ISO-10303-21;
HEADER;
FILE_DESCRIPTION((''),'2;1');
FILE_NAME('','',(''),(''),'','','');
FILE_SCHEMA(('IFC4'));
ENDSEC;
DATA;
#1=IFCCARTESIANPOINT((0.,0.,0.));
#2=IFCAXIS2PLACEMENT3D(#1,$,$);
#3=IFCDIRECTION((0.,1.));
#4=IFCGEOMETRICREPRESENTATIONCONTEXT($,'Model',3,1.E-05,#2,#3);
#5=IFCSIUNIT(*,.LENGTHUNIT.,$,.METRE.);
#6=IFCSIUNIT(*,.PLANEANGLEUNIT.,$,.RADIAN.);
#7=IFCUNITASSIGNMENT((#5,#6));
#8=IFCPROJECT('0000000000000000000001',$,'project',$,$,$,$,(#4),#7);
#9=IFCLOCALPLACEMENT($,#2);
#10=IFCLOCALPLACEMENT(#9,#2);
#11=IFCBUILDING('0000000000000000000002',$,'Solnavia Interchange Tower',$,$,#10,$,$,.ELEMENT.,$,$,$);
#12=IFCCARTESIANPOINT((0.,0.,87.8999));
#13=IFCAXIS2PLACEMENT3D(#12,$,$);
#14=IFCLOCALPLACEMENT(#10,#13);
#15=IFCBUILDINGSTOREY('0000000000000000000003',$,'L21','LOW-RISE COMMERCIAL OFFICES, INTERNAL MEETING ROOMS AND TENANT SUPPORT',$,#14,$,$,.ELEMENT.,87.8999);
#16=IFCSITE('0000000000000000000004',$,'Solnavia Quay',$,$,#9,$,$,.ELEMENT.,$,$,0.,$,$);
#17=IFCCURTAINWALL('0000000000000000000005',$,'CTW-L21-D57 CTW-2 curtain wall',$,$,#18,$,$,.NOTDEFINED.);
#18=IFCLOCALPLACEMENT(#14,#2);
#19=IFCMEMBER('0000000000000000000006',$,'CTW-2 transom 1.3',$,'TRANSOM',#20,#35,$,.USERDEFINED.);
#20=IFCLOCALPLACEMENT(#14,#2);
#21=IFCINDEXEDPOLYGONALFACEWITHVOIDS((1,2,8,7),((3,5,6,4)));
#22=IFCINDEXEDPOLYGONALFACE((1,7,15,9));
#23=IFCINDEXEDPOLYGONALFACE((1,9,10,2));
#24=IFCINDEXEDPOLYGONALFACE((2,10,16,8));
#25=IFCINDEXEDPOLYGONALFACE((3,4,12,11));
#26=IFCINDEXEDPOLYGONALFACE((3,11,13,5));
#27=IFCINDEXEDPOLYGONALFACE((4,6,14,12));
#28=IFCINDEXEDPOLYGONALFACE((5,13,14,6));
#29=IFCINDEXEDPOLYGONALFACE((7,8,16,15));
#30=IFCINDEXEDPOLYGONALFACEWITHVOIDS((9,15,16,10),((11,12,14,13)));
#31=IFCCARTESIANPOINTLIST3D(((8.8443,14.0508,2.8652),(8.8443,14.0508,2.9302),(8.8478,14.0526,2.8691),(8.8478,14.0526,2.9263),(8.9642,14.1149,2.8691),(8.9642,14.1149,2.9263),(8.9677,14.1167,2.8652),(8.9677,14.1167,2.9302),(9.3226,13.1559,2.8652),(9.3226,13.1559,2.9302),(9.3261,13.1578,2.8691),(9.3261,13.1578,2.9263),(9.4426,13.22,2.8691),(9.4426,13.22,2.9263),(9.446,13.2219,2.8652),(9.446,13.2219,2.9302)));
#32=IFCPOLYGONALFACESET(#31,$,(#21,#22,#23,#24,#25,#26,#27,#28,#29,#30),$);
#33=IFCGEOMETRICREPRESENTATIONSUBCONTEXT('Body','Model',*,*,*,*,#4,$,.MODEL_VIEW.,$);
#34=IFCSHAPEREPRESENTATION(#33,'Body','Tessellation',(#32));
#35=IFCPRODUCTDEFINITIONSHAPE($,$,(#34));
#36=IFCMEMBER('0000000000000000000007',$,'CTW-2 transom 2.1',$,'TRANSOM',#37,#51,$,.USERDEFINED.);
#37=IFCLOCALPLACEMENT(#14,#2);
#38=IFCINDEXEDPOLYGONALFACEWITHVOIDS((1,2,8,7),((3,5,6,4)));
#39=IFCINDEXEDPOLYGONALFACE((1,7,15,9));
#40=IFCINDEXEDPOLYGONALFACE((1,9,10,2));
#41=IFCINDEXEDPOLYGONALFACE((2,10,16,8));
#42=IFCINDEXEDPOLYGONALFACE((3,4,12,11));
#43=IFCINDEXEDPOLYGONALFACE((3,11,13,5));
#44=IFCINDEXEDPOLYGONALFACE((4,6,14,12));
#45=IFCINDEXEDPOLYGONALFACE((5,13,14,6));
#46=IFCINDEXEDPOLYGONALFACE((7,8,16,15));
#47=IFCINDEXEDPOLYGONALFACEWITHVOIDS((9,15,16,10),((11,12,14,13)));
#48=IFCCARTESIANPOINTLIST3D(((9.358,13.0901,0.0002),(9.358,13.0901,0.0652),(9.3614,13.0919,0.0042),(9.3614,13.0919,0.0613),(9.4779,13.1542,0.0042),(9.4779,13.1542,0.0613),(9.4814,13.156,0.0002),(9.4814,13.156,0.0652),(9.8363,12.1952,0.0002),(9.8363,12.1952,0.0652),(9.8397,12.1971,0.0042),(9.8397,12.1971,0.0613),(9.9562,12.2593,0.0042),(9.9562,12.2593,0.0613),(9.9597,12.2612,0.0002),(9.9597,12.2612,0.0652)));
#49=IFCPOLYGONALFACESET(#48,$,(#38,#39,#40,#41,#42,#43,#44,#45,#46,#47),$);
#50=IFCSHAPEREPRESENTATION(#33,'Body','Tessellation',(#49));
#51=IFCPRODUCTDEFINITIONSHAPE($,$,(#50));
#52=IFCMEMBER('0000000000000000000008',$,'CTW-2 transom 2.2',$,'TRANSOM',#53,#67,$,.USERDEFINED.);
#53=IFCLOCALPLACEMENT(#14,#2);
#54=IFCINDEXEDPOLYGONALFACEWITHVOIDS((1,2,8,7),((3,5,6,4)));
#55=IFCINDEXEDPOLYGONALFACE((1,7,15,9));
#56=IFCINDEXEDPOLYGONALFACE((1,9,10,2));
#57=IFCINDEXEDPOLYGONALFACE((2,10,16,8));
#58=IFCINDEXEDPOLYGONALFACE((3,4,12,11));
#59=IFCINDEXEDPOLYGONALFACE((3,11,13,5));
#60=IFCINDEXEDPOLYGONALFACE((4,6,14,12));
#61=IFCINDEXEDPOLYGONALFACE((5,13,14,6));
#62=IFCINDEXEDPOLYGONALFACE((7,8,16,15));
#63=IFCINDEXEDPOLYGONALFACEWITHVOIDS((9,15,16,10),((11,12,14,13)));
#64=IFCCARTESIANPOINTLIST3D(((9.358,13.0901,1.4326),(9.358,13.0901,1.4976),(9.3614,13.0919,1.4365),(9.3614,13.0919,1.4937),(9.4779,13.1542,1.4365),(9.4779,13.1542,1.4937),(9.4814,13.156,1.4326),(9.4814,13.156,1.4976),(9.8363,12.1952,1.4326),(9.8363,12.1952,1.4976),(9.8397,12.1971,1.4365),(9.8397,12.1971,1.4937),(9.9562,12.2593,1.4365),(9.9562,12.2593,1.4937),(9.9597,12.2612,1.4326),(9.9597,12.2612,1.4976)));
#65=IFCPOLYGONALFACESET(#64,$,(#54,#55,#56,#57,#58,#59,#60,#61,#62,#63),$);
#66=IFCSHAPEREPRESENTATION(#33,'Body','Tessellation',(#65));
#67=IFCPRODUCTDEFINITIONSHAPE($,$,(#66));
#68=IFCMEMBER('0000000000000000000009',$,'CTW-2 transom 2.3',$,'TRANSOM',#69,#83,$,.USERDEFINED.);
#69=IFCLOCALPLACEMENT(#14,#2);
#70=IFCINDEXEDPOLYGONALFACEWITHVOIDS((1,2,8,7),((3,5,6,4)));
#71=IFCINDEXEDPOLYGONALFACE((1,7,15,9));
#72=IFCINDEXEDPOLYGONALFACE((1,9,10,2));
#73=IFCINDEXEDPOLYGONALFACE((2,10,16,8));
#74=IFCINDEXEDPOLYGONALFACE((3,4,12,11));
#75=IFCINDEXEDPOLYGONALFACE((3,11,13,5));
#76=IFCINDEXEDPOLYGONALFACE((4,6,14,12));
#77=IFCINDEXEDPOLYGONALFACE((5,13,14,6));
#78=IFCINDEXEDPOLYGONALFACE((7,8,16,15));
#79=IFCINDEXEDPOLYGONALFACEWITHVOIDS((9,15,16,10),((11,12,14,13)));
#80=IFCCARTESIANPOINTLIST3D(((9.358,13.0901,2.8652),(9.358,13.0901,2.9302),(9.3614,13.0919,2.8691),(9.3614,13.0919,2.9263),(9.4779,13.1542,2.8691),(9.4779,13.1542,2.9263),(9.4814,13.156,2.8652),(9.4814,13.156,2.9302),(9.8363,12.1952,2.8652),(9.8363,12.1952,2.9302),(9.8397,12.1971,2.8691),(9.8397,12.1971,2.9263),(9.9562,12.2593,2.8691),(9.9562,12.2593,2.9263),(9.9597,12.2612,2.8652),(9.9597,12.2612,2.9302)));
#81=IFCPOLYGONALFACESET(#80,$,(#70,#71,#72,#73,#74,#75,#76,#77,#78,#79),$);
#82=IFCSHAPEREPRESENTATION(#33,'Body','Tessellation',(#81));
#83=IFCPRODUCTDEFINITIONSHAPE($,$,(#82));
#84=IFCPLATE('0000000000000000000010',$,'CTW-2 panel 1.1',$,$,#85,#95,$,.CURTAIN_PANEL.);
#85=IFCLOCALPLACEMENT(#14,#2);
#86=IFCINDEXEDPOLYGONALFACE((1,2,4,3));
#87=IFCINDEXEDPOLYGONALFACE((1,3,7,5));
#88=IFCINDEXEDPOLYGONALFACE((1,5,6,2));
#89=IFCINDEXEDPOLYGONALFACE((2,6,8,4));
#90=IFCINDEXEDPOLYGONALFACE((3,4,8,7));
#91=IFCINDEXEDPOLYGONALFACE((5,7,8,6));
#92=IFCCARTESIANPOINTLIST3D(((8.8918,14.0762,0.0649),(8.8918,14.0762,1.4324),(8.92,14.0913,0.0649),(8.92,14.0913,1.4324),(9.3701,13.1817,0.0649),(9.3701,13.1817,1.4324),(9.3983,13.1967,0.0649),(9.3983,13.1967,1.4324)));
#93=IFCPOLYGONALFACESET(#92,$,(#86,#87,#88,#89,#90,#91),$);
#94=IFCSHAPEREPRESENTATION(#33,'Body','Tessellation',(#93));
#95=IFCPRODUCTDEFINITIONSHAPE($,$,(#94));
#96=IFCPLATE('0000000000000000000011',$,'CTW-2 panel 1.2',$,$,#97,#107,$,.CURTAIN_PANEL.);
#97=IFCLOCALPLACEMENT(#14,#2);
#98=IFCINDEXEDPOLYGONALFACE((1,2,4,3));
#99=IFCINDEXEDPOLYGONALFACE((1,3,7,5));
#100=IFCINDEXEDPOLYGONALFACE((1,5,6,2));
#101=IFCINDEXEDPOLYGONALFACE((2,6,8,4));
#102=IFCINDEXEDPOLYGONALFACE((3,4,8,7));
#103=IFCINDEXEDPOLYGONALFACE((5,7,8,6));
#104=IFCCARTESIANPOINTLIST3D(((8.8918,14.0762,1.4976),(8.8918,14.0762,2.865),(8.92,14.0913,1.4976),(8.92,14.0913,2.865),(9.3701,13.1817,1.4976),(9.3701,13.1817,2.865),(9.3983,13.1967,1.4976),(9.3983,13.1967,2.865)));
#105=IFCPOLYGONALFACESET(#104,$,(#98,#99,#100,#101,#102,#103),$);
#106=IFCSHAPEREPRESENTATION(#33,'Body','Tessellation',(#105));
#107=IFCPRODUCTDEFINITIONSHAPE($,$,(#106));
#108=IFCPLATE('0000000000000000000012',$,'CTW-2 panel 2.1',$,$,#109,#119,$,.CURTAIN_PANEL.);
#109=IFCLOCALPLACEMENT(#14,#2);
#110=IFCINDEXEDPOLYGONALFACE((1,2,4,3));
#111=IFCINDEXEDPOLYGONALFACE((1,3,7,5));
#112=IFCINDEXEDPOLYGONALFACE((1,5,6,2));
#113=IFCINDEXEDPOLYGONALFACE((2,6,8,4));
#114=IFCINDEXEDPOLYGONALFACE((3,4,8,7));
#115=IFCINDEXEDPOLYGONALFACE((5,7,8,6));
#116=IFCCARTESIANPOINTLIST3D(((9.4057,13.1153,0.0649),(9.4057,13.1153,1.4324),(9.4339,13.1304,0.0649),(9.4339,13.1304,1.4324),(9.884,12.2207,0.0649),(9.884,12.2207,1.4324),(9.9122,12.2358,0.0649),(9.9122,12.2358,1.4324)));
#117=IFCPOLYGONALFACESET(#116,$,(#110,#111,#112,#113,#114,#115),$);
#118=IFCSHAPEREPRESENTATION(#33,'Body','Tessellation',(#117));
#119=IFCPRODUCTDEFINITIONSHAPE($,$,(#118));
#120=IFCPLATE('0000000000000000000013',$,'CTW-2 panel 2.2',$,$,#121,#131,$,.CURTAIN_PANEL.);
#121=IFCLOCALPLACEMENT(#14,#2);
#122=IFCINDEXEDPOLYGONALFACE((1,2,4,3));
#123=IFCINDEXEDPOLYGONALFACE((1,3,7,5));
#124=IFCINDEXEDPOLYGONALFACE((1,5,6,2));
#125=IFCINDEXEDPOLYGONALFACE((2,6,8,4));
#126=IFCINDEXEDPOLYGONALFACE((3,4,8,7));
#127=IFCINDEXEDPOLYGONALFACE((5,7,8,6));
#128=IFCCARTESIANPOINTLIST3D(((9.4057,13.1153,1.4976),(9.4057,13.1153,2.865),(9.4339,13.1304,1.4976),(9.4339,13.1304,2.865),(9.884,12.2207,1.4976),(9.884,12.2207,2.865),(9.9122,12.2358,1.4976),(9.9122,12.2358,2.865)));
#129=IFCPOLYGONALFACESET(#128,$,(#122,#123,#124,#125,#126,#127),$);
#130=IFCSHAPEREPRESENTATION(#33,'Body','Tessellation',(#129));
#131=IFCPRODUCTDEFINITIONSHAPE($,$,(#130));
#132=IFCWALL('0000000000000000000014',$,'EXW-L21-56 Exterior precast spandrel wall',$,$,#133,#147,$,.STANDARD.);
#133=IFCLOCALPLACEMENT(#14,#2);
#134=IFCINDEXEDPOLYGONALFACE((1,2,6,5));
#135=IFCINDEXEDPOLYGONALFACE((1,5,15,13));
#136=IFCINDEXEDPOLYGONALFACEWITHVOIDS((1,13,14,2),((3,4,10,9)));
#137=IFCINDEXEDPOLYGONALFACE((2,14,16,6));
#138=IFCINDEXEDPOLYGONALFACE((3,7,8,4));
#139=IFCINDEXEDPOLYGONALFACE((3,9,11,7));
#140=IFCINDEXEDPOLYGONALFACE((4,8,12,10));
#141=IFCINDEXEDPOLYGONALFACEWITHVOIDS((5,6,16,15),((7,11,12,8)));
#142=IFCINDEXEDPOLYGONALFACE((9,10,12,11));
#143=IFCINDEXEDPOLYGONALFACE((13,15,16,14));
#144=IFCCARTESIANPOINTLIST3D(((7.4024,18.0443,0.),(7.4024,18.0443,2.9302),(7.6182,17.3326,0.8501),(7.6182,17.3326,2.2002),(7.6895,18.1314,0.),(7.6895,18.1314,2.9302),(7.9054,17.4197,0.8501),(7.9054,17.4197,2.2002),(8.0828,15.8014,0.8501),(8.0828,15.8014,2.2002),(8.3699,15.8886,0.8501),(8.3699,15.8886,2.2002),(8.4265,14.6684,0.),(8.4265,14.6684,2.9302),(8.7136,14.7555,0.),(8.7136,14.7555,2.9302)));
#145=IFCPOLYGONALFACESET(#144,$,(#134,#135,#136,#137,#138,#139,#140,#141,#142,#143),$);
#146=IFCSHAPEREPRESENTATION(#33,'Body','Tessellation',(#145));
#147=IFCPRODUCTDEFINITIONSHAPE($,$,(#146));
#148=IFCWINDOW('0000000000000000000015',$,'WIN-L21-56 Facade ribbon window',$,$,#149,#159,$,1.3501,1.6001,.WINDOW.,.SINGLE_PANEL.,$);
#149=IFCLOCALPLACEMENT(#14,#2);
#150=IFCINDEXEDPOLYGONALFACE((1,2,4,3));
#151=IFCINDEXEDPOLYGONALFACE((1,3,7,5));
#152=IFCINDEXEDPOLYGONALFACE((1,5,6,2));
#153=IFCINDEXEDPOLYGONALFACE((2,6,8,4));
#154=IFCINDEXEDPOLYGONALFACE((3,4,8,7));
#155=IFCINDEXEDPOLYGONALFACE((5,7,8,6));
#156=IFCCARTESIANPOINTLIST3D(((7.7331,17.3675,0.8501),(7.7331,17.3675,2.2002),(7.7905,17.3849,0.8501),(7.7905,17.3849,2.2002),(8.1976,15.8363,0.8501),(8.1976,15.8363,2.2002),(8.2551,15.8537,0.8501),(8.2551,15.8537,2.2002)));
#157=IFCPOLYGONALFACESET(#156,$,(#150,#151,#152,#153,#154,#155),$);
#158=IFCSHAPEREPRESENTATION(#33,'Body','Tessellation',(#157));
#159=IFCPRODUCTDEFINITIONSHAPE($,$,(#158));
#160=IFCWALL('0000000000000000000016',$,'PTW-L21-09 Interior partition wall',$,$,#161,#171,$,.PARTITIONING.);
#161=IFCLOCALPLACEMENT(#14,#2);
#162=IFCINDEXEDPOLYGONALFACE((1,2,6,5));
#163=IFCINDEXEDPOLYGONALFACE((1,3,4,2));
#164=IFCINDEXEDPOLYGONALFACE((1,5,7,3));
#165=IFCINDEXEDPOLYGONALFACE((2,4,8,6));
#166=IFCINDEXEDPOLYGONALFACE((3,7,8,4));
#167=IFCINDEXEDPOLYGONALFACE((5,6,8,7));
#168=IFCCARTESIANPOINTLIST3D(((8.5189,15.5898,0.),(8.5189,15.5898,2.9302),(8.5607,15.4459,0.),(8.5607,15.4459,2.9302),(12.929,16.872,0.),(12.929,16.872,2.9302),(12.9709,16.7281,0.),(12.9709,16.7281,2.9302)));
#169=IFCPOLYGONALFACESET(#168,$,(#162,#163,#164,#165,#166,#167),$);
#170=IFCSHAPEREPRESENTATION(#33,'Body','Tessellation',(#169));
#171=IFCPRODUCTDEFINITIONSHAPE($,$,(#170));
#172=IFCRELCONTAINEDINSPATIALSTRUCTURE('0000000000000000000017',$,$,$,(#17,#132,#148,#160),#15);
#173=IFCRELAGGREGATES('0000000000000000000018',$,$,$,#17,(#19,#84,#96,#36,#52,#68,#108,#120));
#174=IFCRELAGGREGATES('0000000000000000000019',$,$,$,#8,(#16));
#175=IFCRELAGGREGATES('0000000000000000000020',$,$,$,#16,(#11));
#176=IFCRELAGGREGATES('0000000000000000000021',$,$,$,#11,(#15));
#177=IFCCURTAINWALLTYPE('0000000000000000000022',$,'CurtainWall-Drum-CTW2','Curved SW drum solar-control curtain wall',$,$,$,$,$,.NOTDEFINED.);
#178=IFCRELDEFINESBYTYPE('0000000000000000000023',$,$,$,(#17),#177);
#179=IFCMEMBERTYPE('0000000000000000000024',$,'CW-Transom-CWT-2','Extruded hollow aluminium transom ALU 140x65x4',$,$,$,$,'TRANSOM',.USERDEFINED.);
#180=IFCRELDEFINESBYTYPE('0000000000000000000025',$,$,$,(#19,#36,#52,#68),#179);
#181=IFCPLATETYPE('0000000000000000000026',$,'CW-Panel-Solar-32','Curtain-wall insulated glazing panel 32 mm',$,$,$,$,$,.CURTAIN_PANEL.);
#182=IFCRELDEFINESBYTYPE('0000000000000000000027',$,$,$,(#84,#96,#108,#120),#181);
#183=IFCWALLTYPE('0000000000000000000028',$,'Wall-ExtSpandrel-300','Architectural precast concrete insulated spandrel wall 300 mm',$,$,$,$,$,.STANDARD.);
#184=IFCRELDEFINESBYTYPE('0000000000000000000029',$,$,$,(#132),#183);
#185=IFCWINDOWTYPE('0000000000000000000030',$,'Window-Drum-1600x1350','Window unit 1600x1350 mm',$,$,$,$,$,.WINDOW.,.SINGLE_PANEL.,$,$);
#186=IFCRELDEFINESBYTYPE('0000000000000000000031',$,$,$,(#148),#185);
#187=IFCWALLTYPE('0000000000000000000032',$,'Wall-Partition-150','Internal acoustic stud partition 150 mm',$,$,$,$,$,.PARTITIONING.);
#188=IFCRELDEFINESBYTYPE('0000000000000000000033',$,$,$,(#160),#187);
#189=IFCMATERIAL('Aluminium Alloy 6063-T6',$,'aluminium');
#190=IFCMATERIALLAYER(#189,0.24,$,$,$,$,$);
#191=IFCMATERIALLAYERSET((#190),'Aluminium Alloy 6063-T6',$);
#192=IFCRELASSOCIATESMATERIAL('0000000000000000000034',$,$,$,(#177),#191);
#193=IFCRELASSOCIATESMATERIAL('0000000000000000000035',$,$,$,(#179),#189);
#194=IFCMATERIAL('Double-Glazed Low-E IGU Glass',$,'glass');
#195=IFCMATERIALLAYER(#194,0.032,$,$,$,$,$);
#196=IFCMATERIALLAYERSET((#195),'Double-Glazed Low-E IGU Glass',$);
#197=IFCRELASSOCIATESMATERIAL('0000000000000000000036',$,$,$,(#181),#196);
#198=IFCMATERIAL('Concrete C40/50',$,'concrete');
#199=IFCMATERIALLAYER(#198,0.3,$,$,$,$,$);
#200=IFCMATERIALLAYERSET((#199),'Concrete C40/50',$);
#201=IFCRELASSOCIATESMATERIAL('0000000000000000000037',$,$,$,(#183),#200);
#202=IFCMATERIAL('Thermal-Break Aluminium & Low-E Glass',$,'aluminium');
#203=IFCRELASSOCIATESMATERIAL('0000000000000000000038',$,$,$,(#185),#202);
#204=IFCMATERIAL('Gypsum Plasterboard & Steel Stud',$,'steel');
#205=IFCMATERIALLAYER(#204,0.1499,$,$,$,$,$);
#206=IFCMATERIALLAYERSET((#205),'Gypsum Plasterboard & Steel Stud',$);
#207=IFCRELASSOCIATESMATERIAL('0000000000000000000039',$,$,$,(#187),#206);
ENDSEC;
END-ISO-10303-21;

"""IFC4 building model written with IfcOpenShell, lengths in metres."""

from ifc_helpers import new_model, si_unit, direction, frame, frame_2d, origin, origin_2d, place, context, subcontext, project, spatial, rectangle, hollow_rectangle, extrude, material, layer, layer_set, material_profile, profile_set, type_object, element, fill, aggregate, save


model = new_model("IFC4")

# Units and contexts
model_context = context("Model", 3, precision=1e-05, world=origin(), true_north=direction((0.0, 1.0)))
body_context = subcontext(model_context, "Body", "Model", "MODEL_VIEW")
ifc_project = project(units=[si_unit("LENGTHUNIT", "METRE"), si_unit("PLANEANGLEUNIT", "RADIAN")], contexts=[model_context])

# Site, building, storey
site_placement = place(None, origin())
site = spatial("IfcSite", under=ifc_project, at=site_placement, Name="Solnavia Quay", CompositionType="ELEMENT", RefElevation=0.0)
building_placement = place(site_placement, origin())
building = spatial("IfcBuilding", under=site, at=building_placement, Name="Solnavia Interchange Tower", CompositionType="ELEMENT")
storey_placement = place(building_placement, frame((0.0, 0.0, 87.8999)))
storey = spatial("IfcBuildingStorey", under=building, at=storey_placement, Name="L21", Description="LOW-RISE COMMERCIAL OFFICES, INTERNAL MEETING ROOMS AND TENANT SUPPORT", CompositionType="ELEMENT", Elevation=87.8999)

# Shared definitions
ifc_material_1 = material(Name="Aluminium Alloy 6063-T6", Category="aluminium")
ifc_layer_1 = layer(ifc_material_1, 0.24)
ifc_layer_set_1 = layer_set([ifc_layer_1], Name="Aluminium Alloy 6063-T6")
curtain_wall_type = type_object("IfcCurtainWallType", Name="CurtainWall-Drum-CTW2", Description="Curved SW drum solar-control curtain wall", PredefinedType="NOTDEFINED", material=ifc_layer_set_1)

# Curtain wall, members, plates
curtain_wall_1_placement = place(storey_placement, origin())
curtain_wall_1 = element("IfcCurtainWall", 1, at=curtain_wall_1_placement, inside=storey, type_object=curtain_wall_type, Name="CTW-L21-D57 CTW-2 curtain wall", PredefinedType="NOTDEFINED")
ifc_material_profile_1 = material_profile(ifc_material_1, hollow_rectangle(XDim=0.0649, YDim=0.1399, WallThickness=0.0039, at=origin_2d()), Name="ALU 140x65x4")
ifc_profile_set_1 = profile_set([ifc_material_profile_1], Name="Aluminium Alloy 6063-T6")
member_type_1 = type_object("IfcMemberType", Name="CW-Transom-CWT-2", Description="Extruded hollow aluminium transom ALU 140x65x4", ElementType="TRANSOM", PredefinedType="USERDEFINED", material=ifc_profile_set_1)
member_1_placement = place(storey_placement, frame((8.906, 14.0837, 2.8977), z_axis=(0.4714, -0.88192, 0.0), x_axis=(0.0, 0.0, 1.0)))
member_1 = element("IfcMember", 2, at=member_1_placement, type_object=member_type_1, Name="CTW-2 transom 1.3", ObjectType="TRANSOM", PredefinedType="USERDEFINED", context=body_context, shape_type="SweptSolid", body=[
    extrude(hollow_rectangle(XDim=0.0649, YDim=0.1399, WallThickness=0.0039, at=origin_2d()), origin(), (0.0, 0.0, 1.0), 1.0146),
])
member_2_placement = place(storey_placement, frame((9.4197, 13.123, 0.0327), z_axis=(0.4714, -0.88192, 0.0), x_axis=(0.0, 0.0, 1.0)))
member_2 = element("IfcMember", 3, at=member_2_placement, type_object=member_type_1, Name="CTW-2 transom 2.1", ObjectType="TRANSOM", PredefinedType="USERDEFINED", context=body_context, shape_type="SweptSolid", body=[
    extrude(hollow_rectangle(XDim=0.0649, YDim=0.1399, WallThickness=0.0039, at=origin_2d()), origin(), (0.0, 0.0, 1.0), 1.0146),
])
member_3_placement = place(storey_placement, frame((9.4197, 13.123, 1.4651), z_axis=(0.4714, -0.88192, 0.0), x_axis=(0.0, 0.0, 1.0)))
member_3 = element("IfcMember", 4, at=member_3_placement, type_object=member_type_1, Name="CTW-2 transom 2.2", ObjectType="TRANSOM", PredefinedType="USERDEFINED", context=body_context, shape_type="SweptSolid", body=[
    extrude(hollow_rectangle(XDim=0.0649, YDim=0.1399, WallThickness=0.0039, at=origin_2d()), origin(), (0.0, 0.0, 1.0), 1.0146),
])
member_4_placement = place(storey_placement, frame((9.4197, 13.123, 2.8977), z_axis=(0.4714, -0.88192, 0.0), x_axis=(0.0, 0.0, 1.0)))
member_4 = element("IfcMember", 5, at=member_4_placement, type_object=member_type_1, Name="CTW-2 transom 2.3", ObjectType="TRANSOM", PredefinedType="USERDEFINED", context=body_context, shape_type="SweptSolid", body=[
    extrude(hollow_rectangle(XDim=0.0649, YDim=0.1399, WallThickness=0.0039, at=origin_2d()), origin(), (0.0, 0.0, 1.0), 1.0146),
])
ifc_material_2 = material(Name="Double-Glazed Low-E IGU Glass", Category="glass")
ifc_layer_2 = layer(ifc_material_2, 0.032)
ifc_layer_set_2 = layer_set([ifc_layer_2], Name="Double-Glazed Low-E IGU Glass")
plate_type = type_object("IfcPlateType", Name="CW-Panel-Solar-32", Description="Curtain-wall insulated glazing panel 32 mm", PredefinedType="CURTAIN_PANEL", material=ifc_layer_set_2)
plate_1_placement = place(storey_placement, frame((9.145, 13.6365, 0.0649), z_axis=(0.0, 0.0, 1.0), x_axis=(0.471537, -0.881846, 0.0)))
plate_1 = element("IfcPlate", 6, at=plate_1_placement, type_object=plate_type, Name="CTW-2 panel 1.1", PredefinedType="CURTAIN_PANEL", context=body_context, shape_type="SweptSolid", body=[
    extrude(rectangle(XDim=1.0144, YDim=0.032, at=origin_2d()), origin(), (0.0, 0.0, 1.0), 1.3674),
])
plate_2_placement = place(storey_placement, frame((9.145, 13.6365, 1.4976), z_axis=(0.0, 0.0, 1.0), x_axis=(0.471537, -0.881846, 0.0)))
plate_2 = element("IfcPlate", 7, at=plate_2_placement, type_object=plate_type, Name="CTW-2 panel 1.2", PredefinedType="CURTAIN_PANEL", context=body_context, shape_type="SweptSolid", body=[
    extrude(rectangle(XDim=1.0144, YDim=0.032, at=origin_2d()), origin(), (0.0, 0.0, 1.0), 1.3674),
])
plate_3_placement = place(storey_placement, frame((9.6589, 12.6755, 0.0649), z_axis=(0.0, 0.0, 1.0), x_axis=(0.471537, -0.881846, 0.0)))
plate_3 = element("IfcPlate", 8, at=plate_3_placement, type_object=plate_type, Name="CTW-2 panel 2.1", PredefinedType="CURTAIN_PANEL", context=body_context, shape_type="SweptSolid", body=[
    extrude(rectangle(XDim=1.0144, YDim=0.032, at=origin_2d()), origin(), (0.0, 0.0, 1.0), 1.3674),
])
plate_4_placement = place(storey_placement, frame((9.6589, 12.6755, 1.4976), z_axis=(0.0, 0.0, 1.0), x_axis=(0.471537, -0.881846, 0.0)))
plate_4 = element("IfcPlate", 9, at=plate_4_placement, type_object=plate_type, Name="CTW-2 panel 2.2", PredefinedType="CURTAIN_PANEL", context=body_context, shape_type="SweptSolid", body=[
    extrude(rectangle(XDim=1.0144, YDim=0.032, at=origin_2d()), origin(), (0.0, 0.0, 1.0), 1.3674),
])
aggregate(curtain_wall_1, [member_1, plate_1, plate_2, member_2, member_3, member_4, plate_3, plate_4])

# Wall, opening, window
ifc_material_3 = material(Name="Concrete C40/50", Category="concrete")
ifc_layer_3 = layer(ifc_material_3, 0.3)
ifc_layer_set_3 = layer_set([ifc_layer_3], Name="Concrete C40/50")
wall_type_1 = type_object("IfcWallType", Name="Wall-ExtSpandrel-300", Description="Architectural precast concrete insulated spandrel wall 300 mm", PredefinedType="STANDARD", material=ifc_layer_set_3)
wall_1_placement = place(storey_placement, frame((8.5701, 14.7119, 0.0), z_axis=(0.0, 0.0, 1.0), x_axis=(-0.290305, 0.956934, 0.0)))
wall_1 = element("IfcWall", 10, at=wall_1_placement, inside=storey, type_object=wall_type_1, Name="EXW-L21-56 Exterior precast spandrel wall", PredefinedType="STANDARD", context=body_context, shape_type="SweptSolid", body=[
    extrude(rectangle(XDim=3.5278, YDim=0.3, at=frame_2d((1.7639, 0.0))), origin(), (0.0, 0.0, 1.0), 2.9302),
])
opening_1_placement = place(wall_1_placement, frame((1.1841, 0.0, 0.8501)))
opening_1 = element("IfcOpeningElement", 11, at=opening_1_placement, cuts=wall_1, PredefinedType="OPENING", context=body_context, shape_type="SweptSolid", body=[
    extrude(rectangle(XDim=1.6001, YDim=1.3501, at=frame_2d((0.8, 0.675))), frame((0.0, 0.1602, 0.0), z_axis=(0.0, -1.0, 0.0), x_axis=(1.0, 0.0, 0.0)), (0.0, 0.0, 1.0), 0.3201),
])
ifc_material_4 = material(Name="Thermal-Break Aluminium & Low-E Glass", Category="aluminium")
window_type = type_object("IfcWindowType", Name="Window-Drum-1600x1350", Description="Window unit 1600x1350 mm", PartitioningType="SINGLE_PANEL", PredefinedType="WINDOW", material=ifc_material_4)
window_placement = place(opening_1_placement, origin())
window = element("IfcWindow", 12, at=window_placement, inside=storey, type_object=window_type, Name="WIN-L21-56 Facade ribbon window", OverallHeight=1.3501, OverallWidth=1.6001, PartitioningType="SINGLE_PANEL", PredefinedType="WINDOW", context=body_context, shape_type="SweptSolid", body=[
    extrude(rectangle(XDim=1.6001, YDim=1.3501, at=frame_2d((0.8, 0.675))), frame((0.0, 0.03, 0.0), z_axis=(0.0, -1.0, 0.0), x_axis=(1.0, 0.0, 0.0)), (0.0, 0.0, 1.0), 0.0601),
])
fill(opening_1, window)

# Wall
ifc_material_5 = material(Name="Gypsum Plasterboard & Steel Stud", Category="steel")
ifc_layer_4 = layer(ifc_material_5, 0.1499)
ifc_layer_set_4 = layer_set([ifc_layer_4], Name="Gypsum Plasterboard & Steel Stud")
wall_type_2 = type_object("IfcWallType", Name="Wall-Partition-150", Description="Internal acoustic stud partition 150 mm", PredefinedType="PARTITIONING", material=ifc_layer_set_4)
wall_2_placement = place(storey_placement, frame((12.95, 16.8, 0.0), z_axis=(0.0, 0.0, 1.0), x_axis=(-0.960238, -0.279183, 0.0)))
element("IfcWall", 13, at=wall_2_placement, inside=storey, type_object=wall_type_2, Name="PTW-L21-09 Interior partition wall", PredefinedType="PARTITIONING", context=body_context, shape_type="SweptSolid", body=[
    extrude(rectangle(XDim=4.5928, YDim=0.1499, at=frame_2d((2.2964, 0.0))), origin(), (0.0, 0.0, 1.0), 2.9302),
])

save(model, "model.ifc")
